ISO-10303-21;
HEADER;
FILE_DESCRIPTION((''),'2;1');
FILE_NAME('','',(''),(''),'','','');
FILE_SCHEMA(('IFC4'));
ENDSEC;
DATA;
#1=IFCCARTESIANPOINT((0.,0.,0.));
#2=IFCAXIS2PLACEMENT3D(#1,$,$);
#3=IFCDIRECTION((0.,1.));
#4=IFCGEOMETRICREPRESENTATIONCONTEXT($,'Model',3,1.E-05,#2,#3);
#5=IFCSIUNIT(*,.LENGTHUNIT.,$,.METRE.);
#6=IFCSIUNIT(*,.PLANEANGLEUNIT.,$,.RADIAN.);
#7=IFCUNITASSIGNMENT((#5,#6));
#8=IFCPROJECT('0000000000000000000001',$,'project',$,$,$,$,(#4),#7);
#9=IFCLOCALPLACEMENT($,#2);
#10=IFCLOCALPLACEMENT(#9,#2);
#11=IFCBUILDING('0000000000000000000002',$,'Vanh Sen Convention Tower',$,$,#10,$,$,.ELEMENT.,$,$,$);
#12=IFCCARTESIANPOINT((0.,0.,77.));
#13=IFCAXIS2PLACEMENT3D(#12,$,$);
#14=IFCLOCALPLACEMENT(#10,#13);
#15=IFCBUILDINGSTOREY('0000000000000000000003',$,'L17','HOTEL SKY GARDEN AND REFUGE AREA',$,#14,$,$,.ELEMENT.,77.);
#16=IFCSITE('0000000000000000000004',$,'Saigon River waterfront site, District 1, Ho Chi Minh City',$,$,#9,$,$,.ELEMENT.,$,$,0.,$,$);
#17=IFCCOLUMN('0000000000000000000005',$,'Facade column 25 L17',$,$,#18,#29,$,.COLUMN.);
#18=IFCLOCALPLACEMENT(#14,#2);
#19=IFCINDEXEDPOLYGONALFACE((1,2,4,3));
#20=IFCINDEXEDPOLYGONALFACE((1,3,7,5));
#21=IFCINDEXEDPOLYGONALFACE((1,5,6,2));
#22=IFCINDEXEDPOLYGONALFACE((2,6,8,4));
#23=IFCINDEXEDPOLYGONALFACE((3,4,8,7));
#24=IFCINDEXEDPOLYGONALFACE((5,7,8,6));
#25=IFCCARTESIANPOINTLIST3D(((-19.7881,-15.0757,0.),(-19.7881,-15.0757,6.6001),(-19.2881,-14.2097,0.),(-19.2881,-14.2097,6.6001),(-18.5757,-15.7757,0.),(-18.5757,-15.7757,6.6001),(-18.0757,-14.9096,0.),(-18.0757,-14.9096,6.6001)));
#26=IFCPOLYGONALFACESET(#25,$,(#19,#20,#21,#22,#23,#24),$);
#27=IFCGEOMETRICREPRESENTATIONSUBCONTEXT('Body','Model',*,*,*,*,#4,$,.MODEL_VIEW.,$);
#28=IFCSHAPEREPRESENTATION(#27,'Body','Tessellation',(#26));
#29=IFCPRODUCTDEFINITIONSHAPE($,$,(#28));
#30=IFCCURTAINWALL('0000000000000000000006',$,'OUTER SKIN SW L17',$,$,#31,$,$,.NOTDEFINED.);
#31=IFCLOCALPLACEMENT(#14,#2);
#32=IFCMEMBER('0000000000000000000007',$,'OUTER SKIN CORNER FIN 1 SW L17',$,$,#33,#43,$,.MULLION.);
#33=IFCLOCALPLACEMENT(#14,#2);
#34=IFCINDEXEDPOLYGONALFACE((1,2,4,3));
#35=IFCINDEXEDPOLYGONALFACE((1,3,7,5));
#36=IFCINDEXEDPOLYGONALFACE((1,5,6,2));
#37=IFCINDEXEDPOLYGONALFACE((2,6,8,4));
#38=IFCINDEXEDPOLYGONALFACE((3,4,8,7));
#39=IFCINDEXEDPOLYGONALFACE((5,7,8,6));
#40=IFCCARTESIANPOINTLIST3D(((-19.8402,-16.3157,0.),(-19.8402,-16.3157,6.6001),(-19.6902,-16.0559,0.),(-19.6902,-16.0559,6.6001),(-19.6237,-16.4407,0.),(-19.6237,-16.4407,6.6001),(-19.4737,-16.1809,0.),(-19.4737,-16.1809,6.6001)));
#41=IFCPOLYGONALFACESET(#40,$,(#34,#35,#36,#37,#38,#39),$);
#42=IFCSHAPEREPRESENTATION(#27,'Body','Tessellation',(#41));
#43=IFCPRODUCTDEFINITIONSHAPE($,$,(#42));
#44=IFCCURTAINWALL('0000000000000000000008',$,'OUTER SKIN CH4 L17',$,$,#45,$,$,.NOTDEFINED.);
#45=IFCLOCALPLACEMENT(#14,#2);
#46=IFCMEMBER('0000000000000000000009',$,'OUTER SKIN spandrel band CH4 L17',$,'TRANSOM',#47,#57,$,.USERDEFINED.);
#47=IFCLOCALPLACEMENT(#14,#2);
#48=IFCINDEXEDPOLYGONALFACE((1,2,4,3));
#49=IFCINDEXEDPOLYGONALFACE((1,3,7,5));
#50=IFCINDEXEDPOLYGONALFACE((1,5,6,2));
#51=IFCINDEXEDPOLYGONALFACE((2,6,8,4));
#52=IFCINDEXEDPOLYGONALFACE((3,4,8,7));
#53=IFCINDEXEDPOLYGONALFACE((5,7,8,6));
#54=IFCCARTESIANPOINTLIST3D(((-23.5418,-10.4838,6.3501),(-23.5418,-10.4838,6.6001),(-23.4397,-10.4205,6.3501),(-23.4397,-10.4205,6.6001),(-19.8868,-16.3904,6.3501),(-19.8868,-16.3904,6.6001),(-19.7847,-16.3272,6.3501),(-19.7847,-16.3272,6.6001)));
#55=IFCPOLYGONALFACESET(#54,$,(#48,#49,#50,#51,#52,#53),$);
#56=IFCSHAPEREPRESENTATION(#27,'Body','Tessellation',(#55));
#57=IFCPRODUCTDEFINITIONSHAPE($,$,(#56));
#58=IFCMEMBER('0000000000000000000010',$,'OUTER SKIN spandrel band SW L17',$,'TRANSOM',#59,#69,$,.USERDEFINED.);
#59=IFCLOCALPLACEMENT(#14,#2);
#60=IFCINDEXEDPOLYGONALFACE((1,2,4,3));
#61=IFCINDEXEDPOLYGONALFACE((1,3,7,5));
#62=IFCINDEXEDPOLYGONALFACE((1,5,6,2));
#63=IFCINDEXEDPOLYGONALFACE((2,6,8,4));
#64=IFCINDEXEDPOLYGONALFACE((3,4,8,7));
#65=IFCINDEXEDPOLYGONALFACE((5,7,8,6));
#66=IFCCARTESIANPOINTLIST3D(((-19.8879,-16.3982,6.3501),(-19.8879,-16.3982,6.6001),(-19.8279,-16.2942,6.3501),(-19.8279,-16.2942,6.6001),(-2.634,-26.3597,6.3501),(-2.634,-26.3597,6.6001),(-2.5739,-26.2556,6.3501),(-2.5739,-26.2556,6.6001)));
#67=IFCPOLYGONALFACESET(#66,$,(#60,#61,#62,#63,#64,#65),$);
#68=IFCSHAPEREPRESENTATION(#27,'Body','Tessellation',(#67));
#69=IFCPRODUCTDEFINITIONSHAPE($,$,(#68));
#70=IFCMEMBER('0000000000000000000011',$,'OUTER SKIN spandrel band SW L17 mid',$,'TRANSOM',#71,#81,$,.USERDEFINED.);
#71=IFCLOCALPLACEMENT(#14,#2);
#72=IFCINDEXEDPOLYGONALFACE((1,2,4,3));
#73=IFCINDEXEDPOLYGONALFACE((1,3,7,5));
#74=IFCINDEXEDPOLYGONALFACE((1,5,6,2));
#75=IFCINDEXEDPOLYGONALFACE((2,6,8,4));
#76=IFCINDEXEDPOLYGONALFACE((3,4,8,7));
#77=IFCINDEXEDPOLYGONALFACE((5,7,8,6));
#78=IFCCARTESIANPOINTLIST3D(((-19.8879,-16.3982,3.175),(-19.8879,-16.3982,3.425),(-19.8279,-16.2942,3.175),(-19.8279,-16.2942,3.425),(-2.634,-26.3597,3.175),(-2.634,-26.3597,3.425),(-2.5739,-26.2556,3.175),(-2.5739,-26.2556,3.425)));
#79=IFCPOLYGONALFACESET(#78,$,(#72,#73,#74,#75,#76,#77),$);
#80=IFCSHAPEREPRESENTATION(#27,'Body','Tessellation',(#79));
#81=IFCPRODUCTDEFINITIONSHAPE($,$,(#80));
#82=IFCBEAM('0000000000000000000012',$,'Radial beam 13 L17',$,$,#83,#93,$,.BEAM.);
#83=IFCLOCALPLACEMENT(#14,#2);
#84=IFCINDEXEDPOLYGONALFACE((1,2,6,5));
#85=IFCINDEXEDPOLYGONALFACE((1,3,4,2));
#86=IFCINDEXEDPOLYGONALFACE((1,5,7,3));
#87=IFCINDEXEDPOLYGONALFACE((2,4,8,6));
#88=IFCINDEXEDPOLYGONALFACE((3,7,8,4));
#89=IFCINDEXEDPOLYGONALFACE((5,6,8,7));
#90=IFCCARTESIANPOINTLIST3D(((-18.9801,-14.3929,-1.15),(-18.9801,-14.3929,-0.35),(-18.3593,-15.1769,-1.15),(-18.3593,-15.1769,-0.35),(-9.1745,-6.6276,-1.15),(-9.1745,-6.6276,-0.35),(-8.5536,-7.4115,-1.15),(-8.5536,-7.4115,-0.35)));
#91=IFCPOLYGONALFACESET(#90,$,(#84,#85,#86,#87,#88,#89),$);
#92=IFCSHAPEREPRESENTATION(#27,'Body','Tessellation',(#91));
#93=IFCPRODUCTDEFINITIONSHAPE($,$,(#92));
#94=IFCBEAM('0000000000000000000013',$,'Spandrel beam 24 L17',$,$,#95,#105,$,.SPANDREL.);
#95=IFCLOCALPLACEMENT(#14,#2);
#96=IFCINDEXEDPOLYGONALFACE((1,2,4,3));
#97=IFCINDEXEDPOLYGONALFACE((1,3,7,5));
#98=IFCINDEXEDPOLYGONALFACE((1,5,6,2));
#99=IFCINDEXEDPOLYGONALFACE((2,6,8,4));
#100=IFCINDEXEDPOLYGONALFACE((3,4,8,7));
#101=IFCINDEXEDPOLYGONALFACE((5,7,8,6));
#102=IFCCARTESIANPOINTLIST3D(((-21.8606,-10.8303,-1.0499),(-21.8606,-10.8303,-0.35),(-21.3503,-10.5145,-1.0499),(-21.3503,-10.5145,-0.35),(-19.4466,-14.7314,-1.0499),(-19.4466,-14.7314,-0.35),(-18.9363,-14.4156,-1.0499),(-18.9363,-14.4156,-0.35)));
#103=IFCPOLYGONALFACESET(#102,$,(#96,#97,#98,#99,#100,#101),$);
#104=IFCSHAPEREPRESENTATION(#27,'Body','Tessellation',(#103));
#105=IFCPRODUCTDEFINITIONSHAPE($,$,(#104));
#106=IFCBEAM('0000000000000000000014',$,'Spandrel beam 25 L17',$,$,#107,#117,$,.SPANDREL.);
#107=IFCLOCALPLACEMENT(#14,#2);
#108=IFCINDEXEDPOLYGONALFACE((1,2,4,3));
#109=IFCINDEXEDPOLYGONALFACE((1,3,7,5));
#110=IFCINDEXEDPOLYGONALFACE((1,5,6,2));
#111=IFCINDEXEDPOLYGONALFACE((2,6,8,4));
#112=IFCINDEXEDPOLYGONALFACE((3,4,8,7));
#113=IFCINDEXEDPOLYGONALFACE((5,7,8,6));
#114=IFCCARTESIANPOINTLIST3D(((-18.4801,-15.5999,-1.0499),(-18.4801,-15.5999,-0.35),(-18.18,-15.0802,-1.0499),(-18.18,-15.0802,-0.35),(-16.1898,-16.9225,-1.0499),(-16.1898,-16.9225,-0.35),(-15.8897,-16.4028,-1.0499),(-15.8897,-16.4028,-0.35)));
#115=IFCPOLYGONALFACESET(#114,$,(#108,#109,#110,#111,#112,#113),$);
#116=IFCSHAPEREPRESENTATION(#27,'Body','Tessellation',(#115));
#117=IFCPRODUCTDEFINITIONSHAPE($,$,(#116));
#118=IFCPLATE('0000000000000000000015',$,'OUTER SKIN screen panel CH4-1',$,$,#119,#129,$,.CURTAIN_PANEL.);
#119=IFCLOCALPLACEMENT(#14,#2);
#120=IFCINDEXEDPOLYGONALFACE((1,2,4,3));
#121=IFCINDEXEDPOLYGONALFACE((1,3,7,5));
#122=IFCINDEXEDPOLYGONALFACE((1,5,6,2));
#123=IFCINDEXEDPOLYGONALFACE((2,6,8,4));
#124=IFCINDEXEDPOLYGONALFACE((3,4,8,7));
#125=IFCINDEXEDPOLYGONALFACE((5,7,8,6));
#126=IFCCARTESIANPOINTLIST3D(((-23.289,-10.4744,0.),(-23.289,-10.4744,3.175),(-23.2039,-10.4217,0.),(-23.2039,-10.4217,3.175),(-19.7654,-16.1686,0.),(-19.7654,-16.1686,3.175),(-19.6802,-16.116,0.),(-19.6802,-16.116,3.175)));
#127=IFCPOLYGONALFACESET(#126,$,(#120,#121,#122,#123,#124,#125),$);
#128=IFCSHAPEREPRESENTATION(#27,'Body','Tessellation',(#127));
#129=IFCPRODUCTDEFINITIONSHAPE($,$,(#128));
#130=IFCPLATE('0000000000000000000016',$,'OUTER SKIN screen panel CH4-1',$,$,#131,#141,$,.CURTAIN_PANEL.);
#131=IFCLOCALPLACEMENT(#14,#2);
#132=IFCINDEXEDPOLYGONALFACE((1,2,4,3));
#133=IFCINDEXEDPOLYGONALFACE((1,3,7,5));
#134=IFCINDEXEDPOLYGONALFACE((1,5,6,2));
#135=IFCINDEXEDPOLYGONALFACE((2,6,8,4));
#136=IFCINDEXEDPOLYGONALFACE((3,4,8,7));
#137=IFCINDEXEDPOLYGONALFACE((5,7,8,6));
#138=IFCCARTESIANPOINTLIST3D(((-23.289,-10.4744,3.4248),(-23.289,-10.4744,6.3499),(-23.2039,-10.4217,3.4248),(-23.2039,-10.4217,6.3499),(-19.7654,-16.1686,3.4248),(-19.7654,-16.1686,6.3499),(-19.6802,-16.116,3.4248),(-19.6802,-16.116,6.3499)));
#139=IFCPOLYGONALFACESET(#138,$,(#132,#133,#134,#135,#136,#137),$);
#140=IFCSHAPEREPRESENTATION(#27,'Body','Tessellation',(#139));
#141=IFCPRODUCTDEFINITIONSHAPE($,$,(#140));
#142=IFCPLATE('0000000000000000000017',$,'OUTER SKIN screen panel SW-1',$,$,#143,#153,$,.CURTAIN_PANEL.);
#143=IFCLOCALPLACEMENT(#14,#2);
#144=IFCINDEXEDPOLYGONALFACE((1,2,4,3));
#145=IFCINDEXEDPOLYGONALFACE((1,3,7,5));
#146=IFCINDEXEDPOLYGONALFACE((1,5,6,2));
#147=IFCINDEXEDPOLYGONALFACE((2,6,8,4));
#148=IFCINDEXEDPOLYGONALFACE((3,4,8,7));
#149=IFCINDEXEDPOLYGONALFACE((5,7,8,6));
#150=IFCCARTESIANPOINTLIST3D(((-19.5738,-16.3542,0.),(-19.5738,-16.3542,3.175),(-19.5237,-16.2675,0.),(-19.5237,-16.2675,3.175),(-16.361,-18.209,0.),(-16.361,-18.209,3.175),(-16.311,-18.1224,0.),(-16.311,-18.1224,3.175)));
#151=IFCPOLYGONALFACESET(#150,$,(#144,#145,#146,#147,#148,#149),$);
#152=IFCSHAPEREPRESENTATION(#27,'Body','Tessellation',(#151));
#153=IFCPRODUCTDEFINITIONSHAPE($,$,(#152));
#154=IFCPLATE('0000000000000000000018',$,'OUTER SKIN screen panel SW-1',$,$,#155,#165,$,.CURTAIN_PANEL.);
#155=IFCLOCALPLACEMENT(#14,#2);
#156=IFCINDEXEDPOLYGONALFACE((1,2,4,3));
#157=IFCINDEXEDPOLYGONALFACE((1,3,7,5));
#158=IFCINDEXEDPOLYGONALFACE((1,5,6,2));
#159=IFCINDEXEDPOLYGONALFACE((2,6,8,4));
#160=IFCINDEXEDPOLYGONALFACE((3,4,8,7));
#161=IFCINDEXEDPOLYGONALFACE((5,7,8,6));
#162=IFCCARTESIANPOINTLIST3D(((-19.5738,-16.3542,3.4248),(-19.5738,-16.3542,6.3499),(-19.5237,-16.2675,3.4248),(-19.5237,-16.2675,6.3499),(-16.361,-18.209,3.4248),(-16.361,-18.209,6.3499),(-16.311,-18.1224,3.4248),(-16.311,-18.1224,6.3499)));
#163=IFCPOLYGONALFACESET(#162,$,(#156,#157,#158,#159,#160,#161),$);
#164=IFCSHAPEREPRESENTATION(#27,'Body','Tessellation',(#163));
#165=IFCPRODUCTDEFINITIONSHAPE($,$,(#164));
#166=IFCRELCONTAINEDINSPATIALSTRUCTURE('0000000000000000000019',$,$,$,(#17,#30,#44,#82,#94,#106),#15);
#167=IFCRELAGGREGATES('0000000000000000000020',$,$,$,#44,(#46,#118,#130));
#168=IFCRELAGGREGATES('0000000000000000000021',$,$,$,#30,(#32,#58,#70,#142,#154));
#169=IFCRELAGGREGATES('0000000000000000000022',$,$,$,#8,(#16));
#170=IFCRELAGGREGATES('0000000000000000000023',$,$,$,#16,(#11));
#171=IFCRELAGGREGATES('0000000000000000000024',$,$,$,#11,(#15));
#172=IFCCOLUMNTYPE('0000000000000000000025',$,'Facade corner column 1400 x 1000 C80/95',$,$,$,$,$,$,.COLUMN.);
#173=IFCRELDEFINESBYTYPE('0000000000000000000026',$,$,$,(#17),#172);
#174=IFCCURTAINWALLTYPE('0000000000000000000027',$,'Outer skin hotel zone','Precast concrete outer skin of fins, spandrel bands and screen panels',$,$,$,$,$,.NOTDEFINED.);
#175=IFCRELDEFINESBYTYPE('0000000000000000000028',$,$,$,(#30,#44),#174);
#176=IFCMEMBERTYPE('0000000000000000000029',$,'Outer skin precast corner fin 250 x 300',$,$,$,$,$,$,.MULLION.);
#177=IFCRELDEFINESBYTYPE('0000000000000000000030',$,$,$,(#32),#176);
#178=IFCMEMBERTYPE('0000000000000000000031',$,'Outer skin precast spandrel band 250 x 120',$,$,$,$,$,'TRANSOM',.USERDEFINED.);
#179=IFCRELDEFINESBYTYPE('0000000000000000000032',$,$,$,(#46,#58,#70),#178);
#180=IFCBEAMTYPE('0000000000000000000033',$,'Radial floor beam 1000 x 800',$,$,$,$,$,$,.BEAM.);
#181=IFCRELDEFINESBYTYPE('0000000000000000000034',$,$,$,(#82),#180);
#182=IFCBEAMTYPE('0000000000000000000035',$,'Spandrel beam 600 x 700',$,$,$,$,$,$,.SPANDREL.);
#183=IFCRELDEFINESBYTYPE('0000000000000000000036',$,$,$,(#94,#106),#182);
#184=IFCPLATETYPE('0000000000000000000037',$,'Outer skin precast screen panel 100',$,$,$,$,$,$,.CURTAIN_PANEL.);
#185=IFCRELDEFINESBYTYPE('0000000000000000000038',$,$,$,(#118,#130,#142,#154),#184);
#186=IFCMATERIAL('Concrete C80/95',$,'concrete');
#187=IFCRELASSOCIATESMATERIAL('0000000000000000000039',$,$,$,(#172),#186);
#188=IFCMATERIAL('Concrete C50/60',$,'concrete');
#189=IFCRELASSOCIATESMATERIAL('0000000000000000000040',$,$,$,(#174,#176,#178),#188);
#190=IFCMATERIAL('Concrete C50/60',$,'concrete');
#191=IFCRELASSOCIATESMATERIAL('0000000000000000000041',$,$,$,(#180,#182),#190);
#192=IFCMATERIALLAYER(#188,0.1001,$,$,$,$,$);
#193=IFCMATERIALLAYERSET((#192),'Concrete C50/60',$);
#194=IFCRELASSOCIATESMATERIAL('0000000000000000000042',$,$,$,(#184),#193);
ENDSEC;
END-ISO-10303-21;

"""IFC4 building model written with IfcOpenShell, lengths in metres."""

from ifc_helpers import new_model, si_unit, direction, frame, origin, origin_2d, place, context, subcontext, project, spatial, rectangle, extrude, material, layer, layer_set, material_profile, profile_set, type_object, element, aggregate, save


model = new_model("IFC4")

# Units and contexts
model_context = context("Model", 3, precision=1e-05, world=origin(), true_north=direction((0.0, 1.0)))
body_context = subcontext(model_context, "Body", "Model", "MODEL_VIEW")
ifc_project = project(units=[si_unit("LENGTHUNIT", "METRE"), si_unit("PLANEANGLEUNIT", "RADIAN")], contexts=[model_context])

# Site, building, storey
site_placement = place(None, origin())
site = spatial("IfcSite", under=ifc_project, at=site_placement, Name="Saigon River waterfront site, District 1, Ho Chi Minh City", CompositionType="ELEMENT", RefElevation=0.0)
building_placement = place(site_placement, origin())
building = spatial("IfcBuilding", under=site, at=building_placement, Name="Vanh Sen Convention Tower", CompositionType="ELEMENT")
storey_placement = place(building_placement, frame((0.0, 0.0, 77.0)))
storey = spatial("IfcBuildingStorey", under=building, at=storey_placement, Name="L17", Description="HOTEL SKY GARDEN AND REFUGE AREA", CompositionType="ELEMENT", Elevation=77.0)

# Column
ifc_material_1 = material(Name="Concrete C80/95", Category="concrete")
ifc_material_profile_1 = material_profile(ifc_material_1, rectangle(XDim=1.3999, YDim=1.0, at=origin_2d()), Name="RC 1400X1000")
ifc_profile_set_1 = profile_set([ifc_material_profile_1], Name="Concrete C80/95")
column_type = type_object("IfcColumnType", Name="Facade corner column 1400 x 1000 C80/95", PredefinedType="COLUMN", material=ifc_profile_set_1)
column_placement = place(storey_placement, frame((-18.9319, -14.9927, 0.0), z_axis=(0.0, 0.0, 1.0), x_axis=(0.866025, -0.5, 0.0)))
element("IfcColumn", 1, at=column_placement, inside=storey, type_object=column_type, Name="Facade column 25 L17", PredefinedType="COLUMN", context=body_context, shape_type="SweptSolid", body=[
    extrude(rectangle(XDim=1.3999, YDim=1.0, at=origin_2d()), origin(), (0.0, 0.0, 1.0), 6.6001),
])

# Curtain walls, members
ifc_material_2 = material(Name="Concrete C50/60", Category="concrete")
curtain_wall_type = type_object("IfcCurtainWallType", Name="Outer skin hotel zone", Description="Precast concrete outer skin of fins, spandrel bands and screen panels", PredefinedType="NOTDEFINED", material=ifc_material_2)
curtain_wall_1_placement = place(storey_placement, origin())
curtain_wall_1 = element("IfcCurtainWall", 2, at=curtain_wall_1_placement, inside=storey, type_object=curtain_wall_type, Name="OUTER SKIN SW L17", PredefinedType="NOTDEFINED")
ifc_material_profile_2 = material_profile(ifc_material_2, rectangle(XDim=0.25, YDim=0.3, at=origin_2d()), Name="Outer skin precast corner fin 250 x 300")
ifc_profile_set_2 = profile_set([ifc_material_profile_2], Name="Concrete C50/60")
member_type_1 = type_object("IfcMemberType", Name="Outer skin precast corner fin 250 x 300", PredefinedType="MULLION", material=ifc_profile_set_2)
member_1_placement = place(storey_placement, frame((-19.657, -16.2483, 0.0), z_axis=(0.0, 0.0, 1.0), x_axis=(0.866025, -0.5, 0.0)))
member_1 = element("IfcMember", 3, at=member_1_placement, type_object=member_type_1, Name="OUTER SKIN CORNER FIN 1 SW L17", PredefinedType="MULLION", context=body_context, shape_type="SweptSolid", body=[
    extrude(rectangle(XDim=0.25, YDim=0.3, at=origin_2d()), origin(), (0.0, 0.0, 1.0), 6.6001),
])
curtain_wall_2_placement = place(storey_placement, origin())
curtain_wall_2 = element("IfcCurtainWall", 4, at=curtain_wall_2_placement, inside=storey, type_object=curtain_wall_type, Name="OUTER SKIN CH4 L17", PredefinedType="NOTDEFINED")
ifc_material_profile_3 = material_profile(ifc_material_2, rectangle(XDim=0.1201, YDim=0.25, at=origin_2d()), Name="Outer skin precast spandrel band 250 x 120")
ifc_profile_set_3 = profile_set([ifc_material_profile_3], Name="Concrete C50/60")
member_type_2 = type_object("IfcMemberType", Name="Outer skin precast spandrel band 250 x 120", ElementType="TRANSOM", PredefinedType="USERDEFINED", material=ifc_profile_set_3)
member_2_placement = place(storey_placement, frame((-23.4907, -10.4521, 6.4751), z_axis=(0.526196, -0.850363, 0.0), x_axis=(0.850363, 0.526196, 0.0)))
member_2 = element("IfcMember", 5, at=member_2_placement, type_object=member_type_2, Name="OUTER SKIN spandrel band CH4 L17", ObjectType="TRANSOM", PredefinedType="USERDEFINED", context=body_context, shape_type="SweptSolid", body=[
    extrude(rectangle(XDim=0.1201, YDim=0.25, at=origin_2d()), origin(), (0.0, 0.0, 1.0), 6.946),
])

# Members
member_3_placement = place(storey_placement, frame((-19.8579, -16.3462, 6.4751), z_axis=(0.866028, -0.499995, 0.0), x_axis=(0.499995, 0.866028, 0.0)))
member_3 = element("IfcMember", 6, at=member_3_placement, type_object=member_type_2, Name="OUTER SKIN spandrel band SW L17", ObjectType="TRANSOM", PredefinedType="USERDEFINED", context=body_context, shape_type="SweptSolid", body=[
    extrude(rectangle(XDim=0.1201, YDim=0.25, at=origin_2d()), origin(), (0.0, 0.0, 1.0), 19.9231),
])
member_4_placement = place(storey_placement, frame((-19.8579, -16.3462, 3.3), z_axis=(0.866028, -0.499995, 0.0), x_axis=(0.499995, 0.866028, 0.0)))
member_4 = element("IfcMember", 7, at=member_4_placement, type_object=member_type_2, Name="OUTER SKIN spandrel band SW L17 mid", ObjectType="TRANSOM", PredefinedType="USERDEFINED", context=body_context, shape_type="SweptSolid", body=[
    extrude(rectangle(XDim=0.1201, YDim=0.25, at=origin_2d()), origin(), (0.0, 0.0, 1.0), 19.9231),
])

# Beams
ifc_material_3 = material(Name="Concrete C50/60", Category="concrete")
ifc_material_profile_4 = material_profile(ifc_material_3, rectangle(XDim=1.0, YDim=0.8, at=origin_2d()), Name="RC 1000X800")
ifc_profile_set_4 = profile_set([ifc_material_profile_4], Name="Concrete C50/60")
beam_type_1 = type_object("IfcBeamType", Name="Radial floor beam 1000 x 800", PredefinedType="BEAM", material=ifc_profile_set_4)
beam_1_placement = place(storey_placement, frame((-18.6697, -14.7849, -0.75), z_axis=(0.783946, 0.620829, 0.0), x_axis=(-0.620829, 0.783946, 0.0)))
element("IfcBeam", 8, at=beam_1_placement, inside=storey, type_object=beam_type_1, Name="Radial beam 13 L17", PredefinedType="BEAM", context=body_context, shape_type="SweptSolid", body=[
    extrude(rectangle(XDim=1.0, YDim=0.8, at=origin_2d()), origin(), (0.0, 0.0, 1.0), 12.5081),
])
ifc_material_profile_5 = material_profile(ifc_material_3, rectangle(XDim=0.6001, YDim=0.7, at=origin_2d()), Name="RC 600X700")
ifc_profile_set_5 = profile_set([ifc_material_profile_5], Name="Concrete C50/60")
beam_type_2 = type_object("IfcBeamType", Name="Spandrel beam 600 x 700", PredefinedType="SPANDREL", material=ifc_profile_set_5)
beam_2_placement = place(storey_placement, frame((-21.6055, -10.6724, -0.7), z_axis=(0.52621, -0.850355, 0.0), x_axis=(0.850355, 0.52621, 0.0)))
element("IfcBeam", 9, at=beam_2_placement, inside=storey, type_object=beam_type_2, Name="Spandrel beam 24 L17", PredefinedType="SPANDREL", context=body_context, shape_type="SweptSolid", body=[
    extrude(rectangle(XDim=0.6001, YDim=0.7, at=origin_2d()), origin(), (0.0, 0.0, 1.0), 4.5876),
])
beam_3_placement = place(storey_placement, frame((-18.3301, -15.3401, -0.7), z_axis=(0.86599, -0.500061, 0.0), x_axis=(0.500061, 0.86599, 0.0)))
element("IfcBeam", 10, at=beam_3_placement, inside=storey, type_object=beam_type_2, Name="Spandrel beam 25 L17", PredefinedType="SPANDREL", context=body_context, shape_type="SweptSolid", body=[
    extrude(rectangle(XDim=0.6001, YDim=0.7, at=origin_2d()), origin(), (0.0, 0.0, 1.0), 2.6448),
])

# Plates
ifc_layer_1 = layer(ifc_material_2, 0.1001)
ifc_layer_set_1 = layer_set([ifc_layer_1], Name="Concrete C50/60")
plate_type = type_object("IfcPlateType", Name="Outer skin precast screen panel 100", PredefinedType="CURTAIN_PANEL", material=ifc_layer_set_1)
plate_1_placement = place(storey_placement, frame((-21.4846, -13.2952, 0.0), z_axis=(0.0, 0.0, 1.0), x_axis=(0.526205, -0.850358, 0.0)))
plate_1 = element("IfcPlate", 11, at=plate_1_placement, type_object=plate_type, Name="OUTER SKIN screen panel CH4-1", PredefinedType="CURTAIN_PANEL", context=body_context, shape_type="SweptSolid", body=[
    extrude(rectangle(XDim=6.6963, YDim=0.1001, at=origin_2d()), origin(), (0.0, 0.0, 1.0), 3.175),
])
plate_2_placement = place(storey_placement, frame((-21.4846, -13.2952, 3.4248), z_axis=(0.0, 0.0, 1.0), x_axis=(0.526205, -0.850358, 0.0)))
plate_2 = element("IfcPlate", 12, at=plate_2_placement, type_object=plate_type, Name="OUTER SKIN screen panel CH4-1", PredefinedType="CURTAIN_PANEL", context=body_context, shape_type="SweptSolid", body=[
    extrude(rectangle(XDim=6.6963, YDim=0.1001, at=origin_2d()), origin(), (0.0, 0.0, 1.0), 2.925),
])
aggregate(curtain_wall_2, [member_2, plate_1, plate_2])
plate_3_placement = place(storey_placement, frame((-17.9424, -17.2383, 0.0), z_axis=(0.0, 0.0, 1.0), x_axis=(0.866028, -0.499995, 0.0)))
plate_3 = element("IfcPlate", 13, at=plate_3_placement, type_object=plate_type, Name="OUTER SKIN screen panel SW-1", PredefinedType="CURTAIN_PANEL", context=body_context, shape_type="SweptSolid", body=[
    extrude(rectangle(XDim=3.7097, YDim=0.1001, at=origin_2d()), origin(), (0.0, 0.0, 1.0), 3.175),
])
plate_4_placement = place(storey_placement, frame((-17.9424, -17.2383, 3.4248), z_axis=(0.0, 0.0, 1.0), x_axis=(0.866028, -0.499995, 0.0)))
plate_4 = element("IfcPlate", 14, at=plate_4_placement, type_object=plate_type, Name="OUTER SKIN screen panel SW-1", PredefinedType="CURTAIN_PANEL", context=body_context, shape_type="SweptSolid", body=[
    extrude(rectangle(XDim=3.7097, YDim=0.1001, at=origin_2d()), origin(), (0.0, 0.0, 1.0), 2.925),
])
aggregate(curtain_wall_1, [member_1, member_3, member_4, plate_3, plate_4])

save(model, "model.ifc")
